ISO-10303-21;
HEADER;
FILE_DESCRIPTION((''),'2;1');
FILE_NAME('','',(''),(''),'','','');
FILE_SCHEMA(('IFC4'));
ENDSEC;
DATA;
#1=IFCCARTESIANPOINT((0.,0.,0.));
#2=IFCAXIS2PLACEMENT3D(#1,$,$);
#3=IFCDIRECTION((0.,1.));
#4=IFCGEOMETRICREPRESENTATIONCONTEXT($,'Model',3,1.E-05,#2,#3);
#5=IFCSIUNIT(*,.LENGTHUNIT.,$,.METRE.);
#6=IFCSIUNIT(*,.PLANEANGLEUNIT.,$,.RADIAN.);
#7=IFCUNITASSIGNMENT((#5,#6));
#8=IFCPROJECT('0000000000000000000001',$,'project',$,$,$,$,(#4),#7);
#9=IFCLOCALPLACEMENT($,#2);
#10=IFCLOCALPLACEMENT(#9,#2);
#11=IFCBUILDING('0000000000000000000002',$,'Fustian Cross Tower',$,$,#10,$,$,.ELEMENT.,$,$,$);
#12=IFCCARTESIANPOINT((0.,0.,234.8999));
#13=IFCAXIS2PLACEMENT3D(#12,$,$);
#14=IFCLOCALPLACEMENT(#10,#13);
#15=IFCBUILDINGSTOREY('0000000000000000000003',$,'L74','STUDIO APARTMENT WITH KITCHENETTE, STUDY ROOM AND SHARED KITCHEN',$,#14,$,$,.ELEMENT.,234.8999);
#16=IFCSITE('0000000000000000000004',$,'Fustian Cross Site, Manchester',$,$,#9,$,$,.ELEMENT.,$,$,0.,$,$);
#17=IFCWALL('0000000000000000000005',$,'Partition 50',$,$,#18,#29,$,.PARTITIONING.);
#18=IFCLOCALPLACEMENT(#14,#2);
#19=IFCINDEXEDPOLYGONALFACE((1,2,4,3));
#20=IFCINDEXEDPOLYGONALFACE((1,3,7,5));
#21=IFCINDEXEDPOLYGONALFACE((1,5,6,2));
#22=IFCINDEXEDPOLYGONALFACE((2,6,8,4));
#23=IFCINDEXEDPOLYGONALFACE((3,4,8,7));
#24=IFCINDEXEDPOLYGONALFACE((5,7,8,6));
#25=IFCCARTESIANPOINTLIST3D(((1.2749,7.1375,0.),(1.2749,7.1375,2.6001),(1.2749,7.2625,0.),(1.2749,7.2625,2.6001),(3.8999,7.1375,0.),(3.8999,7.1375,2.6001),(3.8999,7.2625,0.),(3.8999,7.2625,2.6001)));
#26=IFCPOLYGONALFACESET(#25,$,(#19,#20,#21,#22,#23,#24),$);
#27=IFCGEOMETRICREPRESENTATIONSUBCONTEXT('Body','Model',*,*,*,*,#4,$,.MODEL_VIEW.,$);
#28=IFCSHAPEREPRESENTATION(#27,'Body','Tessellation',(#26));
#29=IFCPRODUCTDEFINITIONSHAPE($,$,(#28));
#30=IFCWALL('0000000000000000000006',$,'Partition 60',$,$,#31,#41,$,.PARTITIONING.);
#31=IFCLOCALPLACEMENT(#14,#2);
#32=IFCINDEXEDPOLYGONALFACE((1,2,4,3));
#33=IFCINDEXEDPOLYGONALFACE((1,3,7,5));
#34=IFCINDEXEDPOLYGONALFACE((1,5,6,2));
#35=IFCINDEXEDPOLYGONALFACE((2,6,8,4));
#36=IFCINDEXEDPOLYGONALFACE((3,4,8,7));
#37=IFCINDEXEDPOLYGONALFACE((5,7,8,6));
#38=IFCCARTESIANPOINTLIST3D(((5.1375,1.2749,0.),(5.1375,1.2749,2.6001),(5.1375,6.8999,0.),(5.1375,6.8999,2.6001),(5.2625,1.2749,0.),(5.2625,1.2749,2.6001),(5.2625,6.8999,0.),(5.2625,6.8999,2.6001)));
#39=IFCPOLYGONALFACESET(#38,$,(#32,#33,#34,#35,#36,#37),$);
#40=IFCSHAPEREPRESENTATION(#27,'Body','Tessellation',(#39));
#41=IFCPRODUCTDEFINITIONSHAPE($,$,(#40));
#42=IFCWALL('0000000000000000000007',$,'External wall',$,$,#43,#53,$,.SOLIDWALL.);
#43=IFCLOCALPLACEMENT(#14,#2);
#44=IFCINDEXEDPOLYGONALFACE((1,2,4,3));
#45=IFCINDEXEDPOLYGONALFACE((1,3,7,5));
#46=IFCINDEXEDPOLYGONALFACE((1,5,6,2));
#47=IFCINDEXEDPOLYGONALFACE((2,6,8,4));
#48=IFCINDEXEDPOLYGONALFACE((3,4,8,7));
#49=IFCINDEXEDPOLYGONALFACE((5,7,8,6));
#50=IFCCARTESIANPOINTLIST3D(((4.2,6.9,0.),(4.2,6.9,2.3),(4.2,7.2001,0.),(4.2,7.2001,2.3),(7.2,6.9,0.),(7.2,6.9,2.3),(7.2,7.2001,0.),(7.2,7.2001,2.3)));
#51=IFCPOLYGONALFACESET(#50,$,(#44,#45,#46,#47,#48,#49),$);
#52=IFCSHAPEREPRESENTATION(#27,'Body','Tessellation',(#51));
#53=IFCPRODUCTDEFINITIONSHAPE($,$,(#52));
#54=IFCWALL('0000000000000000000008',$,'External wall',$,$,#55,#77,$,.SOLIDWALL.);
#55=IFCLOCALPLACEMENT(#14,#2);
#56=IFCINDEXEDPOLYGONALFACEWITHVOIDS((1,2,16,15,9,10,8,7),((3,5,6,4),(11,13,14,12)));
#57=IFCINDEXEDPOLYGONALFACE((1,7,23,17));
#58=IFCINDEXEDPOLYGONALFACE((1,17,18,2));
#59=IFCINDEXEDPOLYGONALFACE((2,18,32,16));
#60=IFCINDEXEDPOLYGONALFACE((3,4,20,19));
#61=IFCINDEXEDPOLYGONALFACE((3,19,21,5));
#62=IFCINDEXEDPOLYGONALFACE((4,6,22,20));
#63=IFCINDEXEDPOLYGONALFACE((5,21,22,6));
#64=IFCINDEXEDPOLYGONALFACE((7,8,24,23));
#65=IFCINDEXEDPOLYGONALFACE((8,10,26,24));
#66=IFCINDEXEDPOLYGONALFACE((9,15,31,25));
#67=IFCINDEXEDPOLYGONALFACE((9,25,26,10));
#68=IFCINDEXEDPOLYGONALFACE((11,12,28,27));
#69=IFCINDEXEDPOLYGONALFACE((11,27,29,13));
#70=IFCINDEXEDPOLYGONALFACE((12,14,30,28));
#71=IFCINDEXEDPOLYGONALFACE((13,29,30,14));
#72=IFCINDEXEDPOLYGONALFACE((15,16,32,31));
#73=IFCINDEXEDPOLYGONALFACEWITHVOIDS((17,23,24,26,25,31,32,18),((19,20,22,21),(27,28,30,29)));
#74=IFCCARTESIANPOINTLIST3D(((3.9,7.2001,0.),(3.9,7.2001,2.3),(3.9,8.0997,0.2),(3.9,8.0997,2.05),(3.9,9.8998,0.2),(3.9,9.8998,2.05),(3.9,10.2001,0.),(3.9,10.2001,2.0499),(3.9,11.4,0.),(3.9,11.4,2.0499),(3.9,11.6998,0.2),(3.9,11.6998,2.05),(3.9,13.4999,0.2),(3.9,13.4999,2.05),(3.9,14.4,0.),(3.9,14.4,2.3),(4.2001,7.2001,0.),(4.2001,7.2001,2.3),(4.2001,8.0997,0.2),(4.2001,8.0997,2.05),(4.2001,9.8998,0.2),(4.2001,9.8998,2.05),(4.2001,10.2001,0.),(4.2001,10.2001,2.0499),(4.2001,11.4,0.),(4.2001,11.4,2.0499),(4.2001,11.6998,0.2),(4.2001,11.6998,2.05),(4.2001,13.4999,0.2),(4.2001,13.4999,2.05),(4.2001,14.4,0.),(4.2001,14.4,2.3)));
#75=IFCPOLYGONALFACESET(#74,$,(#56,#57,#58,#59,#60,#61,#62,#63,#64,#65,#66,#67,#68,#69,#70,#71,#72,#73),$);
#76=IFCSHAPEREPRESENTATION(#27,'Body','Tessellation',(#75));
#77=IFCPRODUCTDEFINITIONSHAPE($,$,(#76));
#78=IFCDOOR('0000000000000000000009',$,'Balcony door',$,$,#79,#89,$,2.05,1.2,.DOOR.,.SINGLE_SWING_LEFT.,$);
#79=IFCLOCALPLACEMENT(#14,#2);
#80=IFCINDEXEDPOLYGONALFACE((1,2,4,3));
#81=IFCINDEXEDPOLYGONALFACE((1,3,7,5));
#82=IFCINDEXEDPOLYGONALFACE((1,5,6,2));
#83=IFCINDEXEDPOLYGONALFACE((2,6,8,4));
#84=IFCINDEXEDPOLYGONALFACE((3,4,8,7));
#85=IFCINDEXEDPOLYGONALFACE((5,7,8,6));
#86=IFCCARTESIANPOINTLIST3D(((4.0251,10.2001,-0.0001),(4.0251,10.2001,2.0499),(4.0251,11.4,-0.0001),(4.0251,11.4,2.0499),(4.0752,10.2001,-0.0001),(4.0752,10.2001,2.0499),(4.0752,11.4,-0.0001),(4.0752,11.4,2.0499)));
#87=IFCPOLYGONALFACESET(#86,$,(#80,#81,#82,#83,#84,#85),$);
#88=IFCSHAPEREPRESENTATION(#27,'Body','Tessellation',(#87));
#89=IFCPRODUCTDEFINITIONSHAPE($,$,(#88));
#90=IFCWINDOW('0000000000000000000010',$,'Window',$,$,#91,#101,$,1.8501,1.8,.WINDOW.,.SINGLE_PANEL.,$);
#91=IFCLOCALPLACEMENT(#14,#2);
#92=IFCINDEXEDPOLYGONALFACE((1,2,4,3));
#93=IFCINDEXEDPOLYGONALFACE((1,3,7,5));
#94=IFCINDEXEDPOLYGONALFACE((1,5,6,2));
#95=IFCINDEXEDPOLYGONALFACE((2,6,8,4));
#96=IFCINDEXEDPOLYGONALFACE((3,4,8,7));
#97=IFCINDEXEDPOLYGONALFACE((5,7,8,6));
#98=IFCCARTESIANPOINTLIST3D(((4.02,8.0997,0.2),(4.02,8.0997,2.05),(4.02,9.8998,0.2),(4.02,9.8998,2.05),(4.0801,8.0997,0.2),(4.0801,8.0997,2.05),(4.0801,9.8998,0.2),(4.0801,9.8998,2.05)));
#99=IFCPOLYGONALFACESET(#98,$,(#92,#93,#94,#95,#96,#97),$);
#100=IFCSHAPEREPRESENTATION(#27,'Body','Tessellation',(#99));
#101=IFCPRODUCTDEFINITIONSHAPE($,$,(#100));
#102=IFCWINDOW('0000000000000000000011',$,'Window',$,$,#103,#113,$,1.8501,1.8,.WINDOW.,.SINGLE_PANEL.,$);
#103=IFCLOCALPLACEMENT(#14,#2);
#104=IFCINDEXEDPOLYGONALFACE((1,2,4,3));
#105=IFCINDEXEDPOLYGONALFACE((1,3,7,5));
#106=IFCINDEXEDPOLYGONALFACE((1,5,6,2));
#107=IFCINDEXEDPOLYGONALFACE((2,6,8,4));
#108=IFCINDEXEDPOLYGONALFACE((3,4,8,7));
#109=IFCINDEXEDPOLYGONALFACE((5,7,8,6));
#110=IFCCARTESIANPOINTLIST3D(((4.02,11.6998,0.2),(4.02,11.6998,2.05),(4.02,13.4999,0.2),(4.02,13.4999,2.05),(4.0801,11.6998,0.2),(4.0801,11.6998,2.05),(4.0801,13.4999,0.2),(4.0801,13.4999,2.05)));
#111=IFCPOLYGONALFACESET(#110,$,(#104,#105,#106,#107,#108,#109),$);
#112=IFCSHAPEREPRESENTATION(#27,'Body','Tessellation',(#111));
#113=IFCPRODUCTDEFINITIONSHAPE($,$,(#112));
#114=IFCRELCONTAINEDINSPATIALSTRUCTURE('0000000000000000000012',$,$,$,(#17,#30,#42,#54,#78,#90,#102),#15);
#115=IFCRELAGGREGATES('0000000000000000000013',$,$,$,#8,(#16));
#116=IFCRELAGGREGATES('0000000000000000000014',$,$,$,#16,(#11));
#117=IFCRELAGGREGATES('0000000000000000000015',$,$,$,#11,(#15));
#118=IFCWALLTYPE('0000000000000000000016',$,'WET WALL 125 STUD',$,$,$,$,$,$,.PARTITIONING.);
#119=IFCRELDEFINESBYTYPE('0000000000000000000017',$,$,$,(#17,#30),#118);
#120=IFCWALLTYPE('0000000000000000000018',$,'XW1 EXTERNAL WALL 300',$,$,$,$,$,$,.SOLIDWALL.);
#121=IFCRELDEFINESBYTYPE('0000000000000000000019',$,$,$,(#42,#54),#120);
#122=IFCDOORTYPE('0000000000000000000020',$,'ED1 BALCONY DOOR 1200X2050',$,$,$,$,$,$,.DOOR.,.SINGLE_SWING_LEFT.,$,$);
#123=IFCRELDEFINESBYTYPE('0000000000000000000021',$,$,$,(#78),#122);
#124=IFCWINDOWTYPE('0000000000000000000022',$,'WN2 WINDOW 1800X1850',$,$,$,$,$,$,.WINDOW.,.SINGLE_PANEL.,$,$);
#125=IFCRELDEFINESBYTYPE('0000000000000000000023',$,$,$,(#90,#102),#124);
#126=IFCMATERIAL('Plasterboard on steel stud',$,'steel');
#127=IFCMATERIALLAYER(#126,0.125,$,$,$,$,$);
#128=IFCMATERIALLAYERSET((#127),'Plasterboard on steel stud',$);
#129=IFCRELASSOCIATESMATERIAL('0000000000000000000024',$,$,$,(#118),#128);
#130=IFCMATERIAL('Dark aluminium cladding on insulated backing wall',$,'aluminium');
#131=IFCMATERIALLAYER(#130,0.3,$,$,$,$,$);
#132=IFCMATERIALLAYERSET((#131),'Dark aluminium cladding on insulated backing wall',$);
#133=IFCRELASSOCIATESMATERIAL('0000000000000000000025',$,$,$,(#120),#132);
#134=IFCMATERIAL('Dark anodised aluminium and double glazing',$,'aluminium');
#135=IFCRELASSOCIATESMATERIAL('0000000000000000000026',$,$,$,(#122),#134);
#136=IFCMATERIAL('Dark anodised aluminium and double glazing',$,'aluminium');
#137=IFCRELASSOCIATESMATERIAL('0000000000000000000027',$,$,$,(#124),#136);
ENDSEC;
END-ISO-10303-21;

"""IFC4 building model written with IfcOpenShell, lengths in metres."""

from ifc_helpers import new_model, si_unit, direction, frame, frame_2d, origin, place, context, subcontext, project, spatial, rectangle, extrude, material, layer, layer_set, type_object, element, fill, save


model = new_model("IFC4")

# Units and contexts
model_context = context("Model", 3, precision=1e-05, world=origin(), true_north=direction((0.0, 1.0)))
body_context = subcontext(model_context, "Body", "Model", "MODEL_VIEW")
ifc_project = project(units=[si_unit("LENGTHUNIT", "METRE"), si_unit("PLANEANGLEUNIT", "RADIAN")], contexts=[model_context])

# Site, building, storey
site_placement = place(None, origin())
site = spatial("IfcSite", under=ifc_project, at=site_placement, Name="Fustian Cross Site, Manchester", CompositionType="ELEMENT", RefElevation=0.0)
building_placement = place(site_placement, origin())
building = spatial("IfcBuilding", under=site, at=building_placement, Name="Fustian Cross Tower", CompositionType="ELEMENT")
storey_placement = place(building_placement, frame((0.0, 0.0, 234.8999)))
storey = spatial("IfcBuildingStorey", under=building, at=storey_placement, Name="L74", Description="STUDIO APARTMENT WITH KITCHENETTE, STUDY ROOM AND SHARED KITCHEN", CompositionType="ELEMENT", Elevation=234.8999)

# Walls
ifc_material_1 = material(Name="Plasterboard on steel stud", Category="steel")
ifc_layer_1 = layer(ifc_material_1, 0.125)
ifc_layer_set_1 = layer_set([ifc_layer_1], Name="Plasterboard on steel stud")
wall_type_1 = type_object("IfcWallType", Name="WET WALL 125 STUD", PredefinedType="PARTITIONING", material=ifc_layer_set_1)
wall_1_placement = place(storey_placement, frame((1.2749, 7.2, 0.0), z_axis=(0.0, 0.0, 1.0), x_axis=(1.0, 0.0, 0.0)))
element("IfcWall", 1, at=wall_1_placement, inside=storey, type_object=wall_type_1, Name="Partition 50", PredefinedType="PARTITIONING", context=body_context, shape_type="SweptSolid", body=[
    extrude(rectangle(XDim=2.625, YDim=0.125, at=frame_2d((1.3125, 0.0))), origin(), (0.0, 0.0, 1.0), 2.6001),
])
wall_2_placement = place(storey_placement, frame((5.2, 1.2749, 0.0), z_axis=(0.0, 0.0, 1.0), x_axis=(0.0, 1.0, 0.0)))
element("IfcWall", 2, at=wall_2_placement, inside=storey, type_object=wall_type_1, Name="Partition 60", PredefinedType="PARTITIONING", context=body_context, shape_type="SweptSolid", body=[
    extrude(rectangle(XDim=5.625, YDim=0.125, at=frame_2d((2.8125, 0.0))), origin(), (0.0, 0.0, 1.0), 2.6001),
])
ifc_material_2 = material(Name="Dark aluminium cladding on insulated backing wall", Category="aluminium")
ifc_layer_2 = layer(ifc_material_2, 0.3)
ifc_layer_set_2 = layer_set([ifc_layer_2], Name="Dark aluminium cladding on insulated backing wall")
wall_type_2 = type_object("IfcWallType", Name="XW1 EXTERNAL WALL 300", PredefinedType="SOLIDWALL", material=ifc_layer_set_2)
wall_3_placement = place(storey_placement, frame((7.2, 7.05, 0.0), z_axis=(0.0, 0.0, 1.0), x_axis=(-1.0, 0.0, 0.0)))
element("IfcWall", 3, at=wall_3_placement, inside=storey, type_object=wall_type_2, Name="External wall", PredefinedType="SOLIDWALL", context=body_context, shape_type="SweptSolid", body=[
    extrude(rectangle(XDim=3.0, YDim=0.3, at=frame_2d((1.5, 0.0))), origin(), (0.0, 0.0, 1.0), 2.3),
])

# Wall, openings, door, windows
wall_4_placement = place(storey_placement, frame((4.05, 7.2, 0.0), z_axis=(0.0, 0.0, 1.0), x_axis=(0.0, 1.0, 0.0)))
wall_4 = element("IfcWall", 4, at=wall_4_placement, inside=storey, type_object=wall_type_2, Name="External wall", PredefinedType="SOLIDWALL", context=body_context, shape_type="SweptSolid", body=[
    extrude(rectangle(XDim=7.2, YDim=0.3, at=frame_2d((3.6001, 0.0))), origin(), (0.0, 0.0, 1.0), 2.3),
])
opening_1_placement = place(wall_4_placement, frame((3.0, 0.0, 0.0)))
opening_1 = element("IfcOpeningElement", 5, at=opening_1_placement, cuts=wall_4, PredefinedType="OPENING", context=body_context, shape_type="SweptSolid", body=[
    extrude(rectangle(XDim=1.2, YDim=2.05, at=frame_2d((0.6001, 1.0249))), frame((0.0, 0.1599, 0.0), z_axis=(0.0, -1.0, 0.0), x_axis=(1.0, 0.0, 0.0)), (0.0, 0.0, 1.0), 0.3201),
])
opening_2_placement = place(wall_4_placement, frame((0.8999, 0.0, 0.2)))
opening_2 = element("IfcOpeningElement", 6, at=opening_2_placement, cuts=wall_4, PredefinedType="OPENING", context=body_context, shape_type="SweptSolid", body=[
    extrude(rectangle(XDim=1.8, YDim=1.8501, at=frame_2d((0.8999, 0.925))), frame((0.0, 0.1599, 0.0), z_axis=(0.0, -1.0, 0.0), x_axis=(1.0, 0.0, 0.0)), (0.0, 0.0, 1.0), 0.3201),
])
opening_3_placement = place(wall_4_placement, frame((4.5, 0.0, 0.2)))
opening_3 = element("IfcOpeningElement", 7, at=opening_3_placement, cuts=wall_4, PredefinedType="OPENING", context=body_context, shape_type="SweptSolid", body=[
    extrude(rectangle(XDim=1.8, YDim=1.8501, at=frame_2d((0.8999, 0.925))), frame((0.0, 0.1599, 0.0), z_axis=(0.0, -1.0, 0.0), x_axis=(1.0, 0.0, 0.0)), (0.0, 0.0, 1.0), 0.3201),
])
ifc_material_3 = material(Name="Dark anodised aluminium and double glazing", Category="aluminium")
door_type_1 = type_object("IfcDoorType", Name="ED1 BALCONY DOOR 1200X2050", OperationType="SINGLE_SWING_LEFT", PredefinedType="DOOR", material=ifc_material_3)
door_1_placement = place(opening_1_placement, origin())
door_1 = element("IfcDoor", 8, at=door_1_placement, inside=storey, type_object=door_type_1, Name="Balcony door", OperationType="SINGLE_SWING_LEFT", OverallHeight=2.05, OverallWidth=1.2, PredefinedType="DOOR", context=body_context, shape_type="SweptSolid", body=[
    extrude(rectangle(XDim=1.2, YDim=2.05, at=frame_2d((0.6001, 1.0249))), frame((0.0, 0.0249, 0.0), z_axis=(0.0, -1.0, 0.0), x_axis=(1.0, 0.0, 0.0)), (0.0, 0.0, 1.0), 0.05),
])
fill(opening_1, door_1)
ifc_material_4 = material(Name="Dark anodised aluminium and double glazing", Category="aluminium")
window_type = type_object("IfcWindowType", Name="WN2 WINDOW 1800X1850", PartitioningType="SINGLE_PANEL", PredefinedType="WINDOW", material=ifc_material_4)
window_1_placement = place(opening_2_placement, origin())
window_1 = element("IfcWindow", 9, at=window_1_placement, inside=storey, type_object=window_type, Name="Window", OverallHeight=1.8501, OverallWidth=1.8, PartitioningType="SINGLE_PANEL", PredefinedType="WINDOW", context=body_context, shape_type="SweptSolid", body=[
    extrude(rectangle(XDim=1.8, YDim=1.8501, at=frame_2d((0.8999, 0.925))), frame((0.0, 0.03, 0.0), z_axis=(0.0, -1.0, 0.0), x_axis=(1.0, 0.0, 0.0)), (0.0, 0.0, 1.0), 0.0601),
])
fill(opening_2, window_1)
window_2_placement = place(opening_3_placement, origin())
window_2 = element("IfcWindow", 10, at=window_2_placement, inside=storey, type_object=window_type, Name="Window", OverallHeight=1.8501, OverallWidth=1.8, PartitioningType="SINGLE_PANEL", PredefinedType="WINDOW", context=body_context, shape_type="SweptSolid", body=[
    extrude(rectangle(XDim=1.8, YDim=1.8501, at=frame_2d((0.8999, 0.925))), frame((0.0, 0.03, 0.0), z_axis=(0.0, -1.0, 0.0), x_axis=(1.0, 0.0, 0.0)), (0.0, 0.0, 1.0), 0.0601),
])
fill(opening_3, window_2)

save(model, "model.ifc")
